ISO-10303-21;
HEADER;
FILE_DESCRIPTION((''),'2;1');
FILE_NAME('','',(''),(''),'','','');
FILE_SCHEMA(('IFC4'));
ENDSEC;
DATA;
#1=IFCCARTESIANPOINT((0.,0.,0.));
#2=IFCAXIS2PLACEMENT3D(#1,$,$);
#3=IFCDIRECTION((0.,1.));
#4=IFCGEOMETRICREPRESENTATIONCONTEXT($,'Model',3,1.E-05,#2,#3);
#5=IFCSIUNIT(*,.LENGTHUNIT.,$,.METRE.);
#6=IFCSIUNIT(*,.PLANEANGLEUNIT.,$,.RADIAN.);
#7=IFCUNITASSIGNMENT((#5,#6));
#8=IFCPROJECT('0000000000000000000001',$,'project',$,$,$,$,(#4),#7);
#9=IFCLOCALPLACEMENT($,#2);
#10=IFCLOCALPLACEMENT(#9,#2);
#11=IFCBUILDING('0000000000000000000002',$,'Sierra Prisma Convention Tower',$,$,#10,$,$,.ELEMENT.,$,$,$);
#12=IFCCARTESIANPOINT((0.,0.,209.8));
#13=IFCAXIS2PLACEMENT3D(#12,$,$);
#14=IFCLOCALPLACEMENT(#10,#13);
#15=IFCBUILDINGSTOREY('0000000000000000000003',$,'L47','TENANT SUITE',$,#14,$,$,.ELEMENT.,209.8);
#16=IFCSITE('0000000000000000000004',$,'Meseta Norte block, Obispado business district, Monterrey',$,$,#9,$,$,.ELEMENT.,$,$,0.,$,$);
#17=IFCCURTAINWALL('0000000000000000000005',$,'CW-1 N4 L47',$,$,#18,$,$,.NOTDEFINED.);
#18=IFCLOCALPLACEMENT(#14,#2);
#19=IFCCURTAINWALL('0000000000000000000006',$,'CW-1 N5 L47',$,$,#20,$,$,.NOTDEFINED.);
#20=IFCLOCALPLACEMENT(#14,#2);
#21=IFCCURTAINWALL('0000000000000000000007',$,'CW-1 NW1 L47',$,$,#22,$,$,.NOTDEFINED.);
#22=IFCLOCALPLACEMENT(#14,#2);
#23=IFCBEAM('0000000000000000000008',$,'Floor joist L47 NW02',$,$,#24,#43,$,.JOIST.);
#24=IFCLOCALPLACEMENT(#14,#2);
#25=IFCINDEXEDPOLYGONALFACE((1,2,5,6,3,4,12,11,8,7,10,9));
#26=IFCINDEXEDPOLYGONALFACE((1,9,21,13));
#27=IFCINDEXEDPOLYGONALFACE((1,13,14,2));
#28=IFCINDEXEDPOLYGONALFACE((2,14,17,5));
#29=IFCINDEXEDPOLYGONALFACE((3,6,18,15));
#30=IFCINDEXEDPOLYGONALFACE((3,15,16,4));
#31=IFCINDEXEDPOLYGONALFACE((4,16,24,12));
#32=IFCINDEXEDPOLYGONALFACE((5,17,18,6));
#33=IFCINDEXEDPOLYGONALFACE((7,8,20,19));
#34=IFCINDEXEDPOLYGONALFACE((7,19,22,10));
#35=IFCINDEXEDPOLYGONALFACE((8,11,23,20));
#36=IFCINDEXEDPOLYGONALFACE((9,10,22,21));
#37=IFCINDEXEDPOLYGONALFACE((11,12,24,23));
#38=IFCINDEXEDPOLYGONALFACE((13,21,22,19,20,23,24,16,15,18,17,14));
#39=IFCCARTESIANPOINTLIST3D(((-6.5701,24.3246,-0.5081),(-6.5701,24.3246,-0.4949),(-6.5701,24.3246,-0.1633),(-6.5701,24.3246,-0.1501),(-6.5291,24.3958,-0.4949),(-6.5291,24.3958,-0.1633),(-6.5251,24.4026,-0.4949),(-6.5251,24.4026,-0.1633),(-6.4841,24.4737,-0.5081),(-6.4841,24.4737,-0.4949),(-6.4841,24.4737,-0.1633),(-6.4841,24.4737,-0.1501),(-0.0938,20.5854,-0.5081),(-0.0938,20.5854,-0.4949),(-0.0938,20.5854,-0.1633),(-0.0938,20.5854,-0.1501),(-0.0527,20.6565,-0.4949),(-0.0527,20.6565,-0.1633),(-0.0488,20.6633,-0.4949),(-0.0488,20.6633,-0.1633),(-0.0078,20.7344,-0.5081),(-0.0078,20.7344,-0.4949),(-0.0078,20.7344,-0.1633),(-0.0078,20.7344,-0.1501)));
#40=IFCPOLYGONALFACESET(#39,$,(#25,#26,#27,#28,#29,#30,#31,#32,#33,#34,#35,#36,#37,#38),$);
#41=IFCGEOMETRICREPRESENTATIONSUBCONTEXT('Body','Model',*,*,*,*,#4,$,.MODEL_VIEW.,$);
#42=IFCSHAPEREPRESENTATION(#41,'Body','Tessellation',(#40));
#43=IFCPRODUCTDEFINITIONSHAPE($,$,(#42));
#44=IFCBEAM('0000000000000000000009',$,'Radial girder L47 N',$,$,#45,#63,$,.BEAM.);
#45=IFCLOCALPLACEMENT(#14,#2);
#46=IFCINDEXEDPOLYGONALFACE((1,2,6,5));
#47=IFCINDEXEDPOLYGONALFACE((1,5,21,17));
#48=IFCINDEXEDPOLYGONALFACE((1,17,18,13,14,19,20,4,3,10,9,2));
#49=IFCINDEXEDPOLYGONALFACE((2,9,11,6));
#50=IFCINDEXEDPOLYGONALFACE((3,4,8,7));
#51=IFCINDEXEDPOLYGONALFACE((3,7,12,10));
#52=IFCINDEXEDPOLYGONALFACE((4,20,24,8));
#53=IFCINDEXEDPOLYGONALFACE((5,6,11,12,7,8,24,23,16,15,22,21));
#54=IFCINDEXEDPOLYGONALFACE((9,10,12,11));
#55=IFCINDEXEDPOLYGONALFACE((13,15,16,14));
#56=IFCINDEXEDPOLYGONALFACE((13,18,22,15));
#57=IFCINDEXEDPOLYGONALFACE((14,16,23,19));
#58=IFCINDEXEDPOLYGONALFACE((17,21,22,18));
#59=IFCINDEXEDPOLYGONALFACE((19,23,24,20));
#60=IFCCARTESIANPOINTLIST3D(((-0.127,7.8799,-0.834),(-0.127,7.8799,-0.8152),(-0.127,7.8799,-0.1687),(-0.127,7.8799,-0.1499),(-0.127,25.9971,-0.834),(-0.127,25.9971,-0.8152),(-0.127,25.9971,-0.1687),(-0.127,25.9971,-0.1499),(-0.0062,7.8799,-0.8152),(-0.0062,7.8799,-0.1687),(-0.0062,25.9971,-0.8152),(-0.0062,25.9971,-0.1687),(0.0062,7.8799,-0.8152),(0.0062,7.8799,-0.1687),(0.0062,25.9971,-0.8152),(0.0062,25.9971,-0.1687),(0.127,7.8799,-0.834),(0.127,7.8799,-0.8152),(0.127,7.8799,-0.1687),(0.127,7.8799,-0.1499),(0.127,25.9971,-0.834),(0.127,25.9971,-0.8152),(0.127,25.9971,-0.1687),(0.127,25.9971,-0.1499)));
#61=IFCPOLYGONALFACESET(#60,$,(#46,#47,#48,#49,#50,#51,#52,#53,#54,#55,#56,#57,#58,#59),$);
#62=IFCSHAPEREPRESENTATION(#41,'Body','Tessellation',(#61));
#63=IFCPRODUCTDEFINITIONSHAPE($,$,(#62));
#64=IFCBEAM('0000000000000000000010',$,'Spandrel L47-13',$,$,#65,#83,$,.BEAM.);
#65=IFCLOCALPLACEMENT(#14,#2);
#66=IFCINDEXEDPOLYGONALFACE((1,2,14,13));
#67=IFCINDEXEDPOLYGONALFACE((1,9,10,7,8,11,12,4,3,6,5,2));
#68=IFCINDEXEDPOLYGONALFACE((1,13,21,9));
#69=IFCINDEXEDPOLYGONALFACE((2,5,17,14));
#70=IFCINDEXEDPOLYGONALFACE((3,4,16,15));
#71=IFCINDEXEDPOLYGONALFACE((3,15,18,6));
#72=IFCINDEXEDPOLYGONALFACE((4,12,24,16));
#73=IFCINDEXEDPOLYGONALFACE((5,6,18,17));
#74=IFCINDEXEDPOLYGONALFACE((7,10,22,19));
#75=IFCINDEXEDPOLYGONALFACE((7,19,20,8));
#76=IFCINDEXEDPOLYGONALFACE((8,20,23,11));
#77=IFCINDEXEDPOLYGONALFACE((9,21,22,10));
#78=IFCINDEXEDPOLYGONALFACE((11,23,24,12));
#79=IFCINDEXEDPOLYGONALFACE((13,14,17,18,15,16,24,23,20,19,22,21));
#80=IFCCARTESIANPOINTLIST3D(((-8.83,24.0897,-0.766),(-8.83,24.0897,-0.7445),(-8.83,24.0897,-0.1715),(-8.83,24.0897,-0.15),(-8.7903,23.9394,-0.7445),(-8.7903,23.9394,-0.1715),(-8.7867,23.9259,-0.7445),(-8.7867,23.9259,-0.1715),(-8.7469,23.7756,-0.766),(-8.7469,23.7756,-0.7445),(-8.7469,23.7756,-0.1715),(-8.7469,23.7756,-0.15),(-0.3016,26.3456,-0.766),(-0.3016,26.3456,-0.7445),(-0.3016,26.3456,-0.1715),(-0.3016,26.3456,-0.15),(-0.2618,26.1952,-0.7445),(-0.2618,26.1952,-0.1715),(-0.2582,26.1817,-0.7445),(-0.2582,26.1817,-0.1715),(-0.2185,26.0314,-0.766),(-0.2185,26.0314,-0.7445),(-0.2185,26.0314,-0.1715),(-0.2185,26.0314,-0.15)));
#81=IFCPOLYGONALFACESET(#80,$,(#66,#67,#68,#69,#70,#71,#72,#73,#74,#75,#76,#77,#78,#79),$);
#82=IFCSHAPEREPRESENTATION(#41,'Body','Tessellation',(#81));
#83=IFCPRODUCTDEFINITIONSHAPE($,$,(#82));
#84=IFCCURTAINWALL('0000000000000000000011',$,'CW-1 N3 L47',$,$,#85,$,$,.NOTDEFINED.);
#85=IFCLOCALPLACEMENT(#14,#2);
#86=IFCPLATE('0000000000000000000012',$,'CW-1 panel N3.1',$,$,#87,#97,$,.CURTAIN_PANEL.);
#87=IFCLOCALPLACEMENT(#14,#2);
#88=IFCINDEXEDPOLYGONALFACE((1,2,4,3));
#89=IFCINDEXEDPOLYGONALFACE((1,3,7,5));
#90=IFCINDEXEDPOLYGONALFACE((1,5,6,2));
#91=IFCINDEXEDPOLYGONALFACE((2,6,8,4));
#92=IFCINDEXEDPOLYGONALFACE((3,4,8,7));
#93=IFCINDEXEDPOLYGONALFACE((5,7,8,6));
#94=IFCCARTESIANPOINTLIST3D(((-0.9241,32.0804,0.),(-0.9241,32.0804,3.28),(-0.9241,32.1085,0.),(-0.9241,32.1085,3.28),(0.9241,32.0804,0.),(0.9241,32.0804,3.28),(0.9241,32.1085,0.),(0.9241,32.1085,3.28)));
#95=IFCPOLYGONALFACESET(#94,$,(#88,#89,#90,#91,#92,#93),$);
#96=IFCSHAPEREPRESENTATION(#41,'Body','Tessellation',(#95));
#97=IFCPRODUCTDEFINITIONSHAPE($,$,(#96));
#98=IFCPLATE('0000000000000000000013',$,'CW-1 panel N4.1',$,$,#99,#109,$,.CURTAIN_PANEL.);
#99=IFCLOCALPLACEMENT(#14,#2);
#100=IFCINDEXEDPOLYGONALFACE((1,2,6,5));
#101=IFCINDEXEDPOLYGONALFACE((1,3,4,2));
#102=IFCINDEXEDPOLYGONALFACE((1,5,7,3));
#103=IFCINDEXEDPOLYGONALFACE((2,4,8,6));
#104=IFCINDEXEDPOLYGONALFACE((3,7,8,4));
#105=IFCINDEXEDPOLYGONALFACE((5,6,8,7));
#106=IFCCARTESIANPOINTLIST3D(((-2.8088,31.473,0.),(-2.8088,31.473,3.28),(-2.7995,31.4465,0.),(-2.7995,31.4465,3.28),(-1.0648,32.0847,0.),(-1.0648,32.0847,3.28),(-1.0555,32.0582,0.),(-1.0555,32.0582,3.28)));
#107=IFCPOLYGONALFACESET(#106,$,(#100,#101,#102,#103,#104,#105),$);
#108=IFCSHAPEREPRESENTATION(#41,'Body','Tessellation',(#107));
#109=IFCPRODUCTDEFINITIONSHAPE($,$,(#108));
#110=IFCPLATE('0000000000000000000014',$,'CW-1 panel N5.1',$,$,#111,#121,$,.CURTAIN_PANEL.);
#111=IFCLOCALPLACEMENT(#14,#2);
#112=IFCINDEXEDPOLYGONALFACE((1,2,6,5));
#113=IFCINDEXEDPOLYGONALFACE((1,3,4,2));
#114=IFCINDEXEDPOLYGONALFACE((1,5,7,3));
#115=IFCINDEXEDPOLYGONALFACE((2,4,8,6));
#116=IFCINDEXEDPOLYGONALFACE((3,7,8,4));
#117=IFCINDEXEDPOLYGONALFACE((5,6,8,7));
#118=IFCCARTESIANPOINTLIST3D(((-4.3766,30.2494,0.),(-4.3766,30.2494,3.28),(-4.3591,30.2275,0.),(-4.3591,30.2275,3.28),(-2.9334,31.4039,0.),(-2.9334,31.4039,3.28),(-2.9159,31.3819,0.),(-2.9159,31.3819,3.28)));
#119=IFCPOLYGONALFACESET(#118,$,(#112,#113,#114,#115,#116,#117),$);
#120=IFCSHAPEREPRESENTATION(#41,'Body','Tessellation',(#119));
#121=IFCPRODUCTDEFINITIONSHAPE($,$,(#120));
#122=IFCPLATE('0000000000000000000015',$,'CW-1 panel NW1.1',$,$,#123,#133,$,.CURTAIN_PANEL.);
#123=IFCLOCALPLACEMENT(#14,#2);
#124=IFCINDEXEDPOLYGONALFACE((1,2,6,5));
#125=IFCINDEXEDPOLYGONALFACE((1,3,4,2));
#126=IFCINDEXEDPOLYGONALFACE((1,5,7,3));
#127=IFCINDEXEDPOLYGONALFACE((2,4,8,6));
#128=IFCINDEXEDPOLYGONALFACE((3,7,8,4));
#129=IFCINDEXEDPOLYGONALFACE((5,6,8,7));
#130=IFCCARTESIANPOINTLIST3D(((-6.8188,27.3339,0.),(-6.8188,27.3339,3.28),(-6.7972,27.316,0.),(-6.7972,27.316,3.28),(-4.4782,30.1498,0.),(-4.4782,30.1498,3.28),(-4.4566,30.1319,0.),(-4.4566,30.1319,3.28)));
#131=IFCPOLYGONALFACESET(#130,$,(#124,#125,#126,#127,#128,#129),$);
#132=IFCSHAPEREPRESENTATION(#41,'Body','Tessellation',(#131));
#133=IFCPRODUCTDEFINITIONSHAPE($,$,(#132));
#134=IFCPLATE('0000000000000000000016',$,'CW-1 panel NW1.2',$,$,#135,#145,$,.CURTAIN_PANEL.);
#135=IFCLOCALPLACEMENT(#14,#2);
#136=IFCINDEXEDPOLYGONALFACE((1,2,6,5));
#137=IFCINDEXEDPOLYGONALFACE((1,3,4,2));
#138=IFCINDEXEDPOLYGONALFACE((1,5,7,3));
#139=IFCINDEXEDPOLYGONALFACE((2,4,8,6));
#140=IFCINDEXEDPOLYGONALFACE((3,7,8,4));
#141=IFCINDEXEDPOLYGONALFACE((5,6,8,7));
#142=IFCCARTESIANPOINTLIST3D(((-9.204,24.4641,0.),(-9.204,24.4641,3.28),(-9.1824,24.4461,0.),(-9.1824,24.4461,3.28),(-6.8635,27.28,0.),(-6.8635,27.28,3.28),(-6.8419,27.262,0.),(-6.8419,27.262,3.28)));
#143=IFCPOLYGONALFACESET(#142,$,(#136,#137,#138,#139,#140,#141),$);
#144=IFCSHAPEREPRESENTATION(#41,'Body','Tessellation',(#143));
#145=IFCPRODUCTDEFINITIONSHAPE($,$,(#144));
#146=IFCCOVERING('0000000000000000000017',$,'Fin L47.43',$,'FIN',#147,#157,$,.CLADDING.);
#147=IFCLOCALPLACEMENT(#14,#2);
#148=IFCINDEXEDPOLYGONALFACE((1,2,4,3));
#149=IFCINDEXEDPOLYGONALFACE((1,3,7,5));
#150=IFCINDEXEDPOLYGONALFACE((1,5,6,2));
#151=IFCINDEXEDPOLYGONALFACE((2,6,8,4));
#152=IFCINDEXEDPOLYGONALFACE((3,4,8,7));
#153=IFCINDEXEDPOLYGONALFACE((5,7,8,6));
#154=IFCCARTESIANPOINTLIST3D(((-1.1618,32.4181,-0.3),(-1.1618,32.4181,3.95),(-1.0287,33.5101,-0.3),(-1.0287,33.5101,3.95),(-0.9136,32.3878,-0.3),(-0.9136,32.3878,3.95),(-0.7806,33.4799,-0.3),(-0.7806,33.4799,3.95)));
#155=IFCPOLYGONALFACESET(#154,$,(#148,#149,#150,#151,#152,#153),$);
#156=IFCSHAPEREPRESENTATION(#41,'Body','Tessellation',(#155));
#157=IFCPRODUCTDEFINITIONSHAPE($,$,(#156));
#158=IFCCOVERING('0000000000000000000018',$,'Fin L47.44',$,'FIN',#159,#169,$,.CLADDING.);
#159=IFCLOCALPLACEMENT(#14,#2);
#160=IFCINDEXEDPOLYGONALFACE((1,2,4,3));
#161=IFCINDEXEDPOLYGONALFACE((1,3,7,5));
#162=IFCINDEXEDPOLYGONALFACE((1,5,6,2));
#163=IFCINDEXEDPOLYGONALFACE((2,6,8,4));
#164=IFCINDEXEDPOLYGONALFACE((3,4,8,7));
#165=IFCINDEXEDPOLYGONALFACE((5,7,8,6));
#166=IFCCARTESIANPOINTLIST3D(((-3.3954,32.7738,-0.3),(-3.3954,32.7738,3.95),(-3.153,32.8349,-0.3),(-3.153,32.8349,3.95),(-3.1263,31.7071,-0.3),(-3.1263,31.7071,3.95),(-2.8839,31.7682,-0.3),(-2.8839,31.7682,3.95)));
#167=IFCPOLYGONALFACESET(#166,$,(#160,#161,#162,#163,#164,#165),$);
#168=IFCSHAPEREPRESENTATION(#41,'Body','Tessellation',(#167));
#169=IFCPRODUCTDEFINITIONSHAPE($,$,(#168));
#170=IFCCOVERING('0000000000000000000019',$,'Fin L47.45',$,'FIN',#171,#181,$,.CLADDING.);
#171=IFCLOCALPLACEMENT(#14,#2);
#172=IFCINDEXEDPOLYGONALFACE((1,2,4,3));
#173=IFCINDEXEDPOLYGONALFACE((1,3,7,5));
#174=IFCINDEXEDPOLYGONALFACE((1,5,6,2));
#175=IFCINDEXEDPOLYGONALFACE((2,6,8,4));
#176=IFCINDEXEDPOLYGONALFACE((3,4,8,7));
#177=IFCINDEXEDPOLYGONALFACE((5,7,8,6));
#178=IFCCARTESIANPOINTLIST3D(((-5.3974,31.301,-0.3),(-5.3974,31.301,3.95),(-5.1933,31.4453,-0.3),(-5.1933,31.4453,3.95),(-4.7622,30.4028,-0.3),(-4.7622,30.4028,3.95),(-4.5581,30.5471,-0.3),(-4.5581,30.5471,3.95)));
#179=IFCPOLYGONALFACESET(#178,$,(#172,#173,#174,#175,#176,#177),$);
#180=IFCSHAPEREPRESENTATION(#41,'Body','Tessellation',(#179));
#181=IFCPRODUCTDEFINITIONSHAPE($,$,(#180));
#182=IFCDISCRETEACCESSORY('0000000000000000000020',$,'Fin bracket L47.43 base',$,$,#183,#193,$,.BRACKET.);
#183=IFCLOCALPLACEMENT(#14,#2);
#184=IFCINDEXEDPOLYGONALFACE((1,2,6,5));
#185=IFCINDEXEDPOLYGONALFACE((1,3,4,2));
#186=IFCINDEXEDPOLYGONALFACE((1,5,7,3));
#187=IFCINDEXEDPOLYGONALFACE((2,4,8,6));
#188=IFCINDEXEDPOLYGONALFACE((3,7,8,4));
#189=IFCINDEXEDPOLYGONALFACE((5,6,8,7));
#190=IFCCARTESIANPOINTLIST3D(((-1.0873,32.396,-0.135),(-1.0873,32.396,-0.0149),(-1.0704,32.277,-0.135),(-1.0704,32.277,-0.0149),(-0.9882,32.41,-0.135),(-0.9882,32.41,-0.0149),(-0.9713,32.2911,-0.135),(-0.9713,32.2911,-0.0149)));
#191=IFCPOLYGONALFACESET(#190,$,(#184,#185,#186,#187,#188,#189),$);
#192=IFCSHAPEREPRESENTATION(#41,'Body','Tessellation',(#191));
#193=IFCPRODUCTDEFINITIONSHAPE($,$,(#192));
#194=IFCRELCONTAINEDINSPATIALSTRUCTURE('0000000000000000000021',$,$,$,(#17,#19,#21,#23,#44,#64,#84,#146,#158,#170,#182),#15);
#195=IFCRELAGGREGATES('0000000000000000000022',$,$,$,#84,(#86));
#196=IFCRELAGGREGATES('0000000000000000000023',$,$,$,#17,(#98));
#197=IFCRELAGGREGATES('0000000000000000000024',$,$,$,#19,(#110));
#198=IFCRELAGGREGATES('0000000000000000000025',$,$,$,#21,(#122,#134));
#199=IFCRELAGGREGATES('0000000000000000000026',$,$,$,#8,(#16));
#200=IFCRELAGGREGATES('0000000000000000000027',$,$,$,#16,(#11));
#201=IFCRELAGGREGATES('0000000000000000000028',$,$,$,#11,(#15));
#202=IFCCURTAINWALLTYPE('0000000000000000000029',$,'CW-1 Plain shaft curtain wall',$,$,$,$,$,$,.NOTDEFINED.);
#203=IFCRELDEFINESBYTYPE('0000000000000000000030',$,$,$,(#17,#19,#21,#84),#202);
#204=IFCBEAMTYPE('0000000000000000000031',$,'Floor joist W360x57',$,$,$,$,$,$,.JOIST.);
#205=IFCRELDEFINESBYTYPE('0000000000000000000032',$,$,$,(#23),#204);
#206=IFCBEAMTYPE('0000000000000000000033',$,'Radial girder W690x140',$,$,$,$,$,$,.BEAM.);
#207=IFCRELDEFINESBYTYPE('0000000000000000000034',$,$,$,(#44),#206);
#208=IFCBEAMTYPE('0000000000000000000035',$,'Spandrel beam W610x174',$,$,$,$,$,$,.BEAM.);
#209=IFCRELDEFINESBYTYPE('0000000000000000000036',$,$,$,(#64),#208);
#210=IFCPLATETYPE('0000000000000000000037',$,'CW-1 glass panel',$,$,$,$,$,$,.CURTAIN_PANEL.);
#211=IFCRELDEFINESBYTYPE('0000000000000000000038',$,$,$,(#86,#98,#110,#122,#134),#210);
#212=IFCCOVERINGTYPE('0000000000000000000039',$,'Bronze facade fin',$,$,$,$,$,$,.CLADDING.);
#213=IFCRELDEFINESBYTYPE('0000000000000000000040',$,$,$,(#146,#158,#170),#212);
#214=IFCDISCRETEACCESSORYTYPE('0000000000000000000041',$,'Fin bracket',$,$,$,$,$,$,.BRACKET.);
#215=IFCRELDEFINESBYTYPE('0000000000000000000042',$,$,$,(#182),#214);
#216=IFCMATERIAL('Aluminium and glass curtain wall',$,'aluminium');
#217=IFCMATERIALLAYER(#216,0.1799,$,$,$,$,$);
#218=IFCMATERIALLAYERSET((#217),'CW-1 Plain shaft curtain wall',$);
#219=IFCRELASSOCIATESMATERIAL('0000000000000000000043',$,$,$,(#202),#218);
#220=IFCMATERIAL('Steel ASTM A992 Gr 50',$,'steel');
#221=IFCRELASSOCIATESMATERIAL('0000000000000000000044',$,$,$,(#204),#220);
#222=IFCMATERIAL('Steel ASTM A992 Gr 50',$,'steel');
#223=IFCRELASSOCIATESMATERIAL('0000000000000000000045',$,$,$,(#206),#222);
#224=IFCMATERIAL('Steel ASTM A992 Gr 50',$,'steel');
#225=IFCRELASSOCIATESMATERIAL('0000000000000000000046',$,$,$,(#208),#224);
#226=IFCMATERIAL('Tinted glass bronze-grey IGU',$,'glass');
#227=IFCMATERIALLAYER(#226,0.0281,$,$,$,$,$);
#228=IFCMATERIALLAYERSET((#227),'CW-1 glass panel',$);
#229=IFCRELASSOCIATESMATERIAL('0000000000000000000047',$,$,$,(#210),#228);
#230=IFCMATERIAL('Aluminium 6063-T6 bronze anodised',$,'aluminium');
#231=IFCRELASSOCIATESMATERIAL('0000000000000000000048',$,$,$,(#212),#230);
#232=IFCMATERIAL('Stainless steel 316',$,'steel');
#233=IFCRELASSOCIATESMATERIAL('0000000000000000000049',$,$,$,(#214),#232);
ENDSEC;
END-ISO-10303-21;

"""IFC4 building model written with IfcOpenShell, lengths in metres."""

from ifc_helpers import new_model, si_unit, direction, frame, origin, origin_2d, place, context, subcontext, project, spatial, rectangle, i_section, extrude, material, layer, layer_set, material_profile, profile_set, type_object, element, aggregate, save


model = new_model("IFC4")

# Units and contexts
model_context = context("Model", 3, precision=1e-05, world=origin(), true_north=direction((0.0, 1.0)))
body_context = subcontext(model_context, "Body", "Model", "MODEL_VIEW")
ifc_project = project(units=[si_unit("LENGTHUNIT", "METRE"), si_unit("PLANEANGLEUNIT", "RADIAN")], contexts=[model_context])

# Site, building, storey
site_placement = place(None, origin())
site = spatial("IfcSite", under=ifc_project, at=site_placement, Name="Meseta Norte block, Obispado business district, Monterrey", CompositionType="ELEMENT", RefElevation=0.0)
building_placement = place(site_placement, origin())
building = spatial("IfcBuilding", under=site, at=building_placement, Name="Sierra Prisma Convention Tower", CompositionType="ELEMENT")
storey_placement = place(building_placement, frame((0.0, 0.0, 209.8)))
storey = spatial("IfcBuildingStorey", under=building, at=storey_placement, Name="L47", Description="TENANT SUITE", CompositionType="ELEMENT", Elevation=209.8)

# Curtain walls
ifc_material_1 = material(Name="Aluminium and glass curtain wall", Category="aluminium")
ifc_layer_1 = layer(ifc_material_1, 0.1799)
ifc_layer_set_1 = layer_set([ifc_layer_1], Name="CW-1 Plain shaft curtain wall")
curtain_wall_type = type_object("IfcCurtainWallType", Name="CW-1 Plain shaft curtain wall", PredefinedType="NOTDEFINED", material=ifc_layer_set_1)
curtain_wall_1_placement = place(storey_placement, origin())
curtain_wall_1 = element("IfcCurtainWall", 1, at=curtain_wall_1_placement, inside=storey, type_object=curtain_wall_type, Name="CW-1 N4 L47", PredefinedType="NOTDEFINED")
curtain_wall_2_placement = place(storey_placement, origin())
curtain_wall_2 = element("IfcCurtainWall", 2, at=curtain_wall_2_placement, inside=storey, type_object=curtain_wall_type, Name="CW-1 N5 L47", PredefinedType="NOTDEFINED")

# Curtain wall
curtain_wall_3_placement = place(storey_placement, origin())
curtain_wall_3 = element("IfcCurtainWall", 3, at=curtain_wall_3_placement, inside=storey, type_object=curtain_wall_type, Name="CW-1 NW1 L47", PredefinedType="NOTDEFINED")

# Beams
ifc_material_2 = material(Name="Steel ASTM A992 Gr 50", Category="steel")
ifc_material_profile_1 = material_profile(ifc_material_2, i_section(OverallWidth=0.1721, OverallDepth=0.3579, WebThickness=0.0078, FlangeThickness=0.0132, at=origin_2d()), Name="W360x57")
ifc_profile_set_1 = profile_set([ifc_material_profile_1], Name="Steel ASTM A992 Gr 50")
beam_type_1 = type_object("IfcBeamType", Name="Floor joist W360x57", PredefinedType="JOIST", material=ifc_profile_set_1)
beam_1_placement = place(storey_placement, frame((-6.5271, 24.3992, -0.3291), z_axis=(0.866017, -0.500015, 0.0), x_axis=(0.500015, 0.866017, 0.0)))
element("IfcBeam", 4, at=beam_1_placement, inside=storey, type_object=beam_type_1, Name="Floor joist L47 NW02", PredefinedType="JOIST", context=body_context, shape_type="SweptSolid", body=[
    extrude(i_section(OverallWidth=0.1721, OverallDepth=0.3579, WebThickness=0.0078, FlangeThickness=0.0132, at=origin_2d()), origin(), (0.0, 0.0, 1.0), 7.4783),
])
ifc_material_3 = material(Name="Steel ASTM A992 Gr 50", Category="steel")
ifc_material_profile_2 = material_profile(ifc_material_3, i_section(OverallWidth=0.2539, OverallDepth=0.6841, WebThickness=0.0125, FlangeThickness=0.0188, at=origin_2d()), Name="W690x140")
ifc_profile_set_2 = profile_set([ifc_material_profile_2], Name="Steel ASTM A992 Gr 50")
beam_type_2 = type_object("IfcBeamType", Name="Radial girder W690x140", PredefinedType="BEAM", material=ifc_profile_set_2)
beam_2_placement = place(storey_placement, frame((0.0, 25.9971, -0.4919), z_axis=(0.0, -1.0, 0.0), x_axis=(1.0, 0.0, 0.0)))
element("IfcBeam", 5, at=beam_2_placement, inside=storey, type_object=beam_type_2, Name="Radial girder L47 N", PredefinedType="BEAM", context=body_context, shape_type="SweptSolid", body=[
    extrude(i_section(OverallWidth=0.2539, OverallDepth=0.6841, WebThickness=0.0125, FlangeThickness=0.0188, at=origin_2d()), origin(), (0.0, 0.0, 1.0), 18.1172),
])
ifc_material_4 = material(Name="Steel ASTM A992 Gr 50", Category="steel")
ifc_material_profile_3 = material_profile(ifc_material_4, i_section(OverallWidth=0.325, OverallDepth=0.616, WebThickness=0.0139, FlangeThickness=0.0215, at=origin_2d()), Name="W610x174")
ifc_profile_set_3 = profile_set([ifc_material_profile_3], Name="Steel ASTM A992 Gr 50")
beam_type_3 = type_object("IfcBeamType", Name="Spandrel beam W610x174", PredefinedType="BEAM", material=ifc_profile_set_3)
beam_3_placement = place(storey_placement, frame((-0.26, 26.1885, -0.458), z_axis=(-0.966753, -0.255712, 0.0), x_axis=(0.255712, -0.966753, 0.0)))
element("IfcBeam", 6, at=beam_3_placement, inside=storey, type_object=beam_type_3, Name="Spandrel L47-13", PredefinedType="BEAM", context=body_context, shape_type="SweptSolid", body=[
    extrude(i_section(OverallWidth=0.325, OverallDepth=0.616, WebThickness=0.0139, FlangeThickness=0.0215, at=origin_2d()), origin(), (0.0, 0.0, 1.0), 8.8218),
])

# Curtain wall, plate
curtain_wall_4_placement = place(storey_placement, origin())
curtain_wall_4 = element("IfcCurtainWall", 7, at=curtain_wall_4_placement, inside=storey, type_object=curtain_wall_type, Name="CW-1 N3 L47", PredefinedType="NOTDEFINED")
ifc_material_5 = material(Name="Tinted glass bronze-grey IGU", Category="glass")
ifc_layer_2 = layer(ifc_material_5, 0.0281)
ifc_layer_set_2 = layer_set([ifc_layer_2], Name="CW-1 glass panel")
plate_type = type_object("IfcPlateType", Name="CW-1 glass panel", PredefinedType="CURTAIN_PANEL", material=ifc_layer_set_2)
plate_1_placement = place(storey_placement, frame((0.0, 32.0945, 0.0), z_axis=(0.0, 0.0, 1.0), x_axis=(-1.0, 0.0, 0.0)))
plate_1 = element("IfcPlate", 8, at=plate_1_placement, type_object=plate_type, Name="CW-1 panel N3.1", PredefinedType="CURTAIN_PANEL", context=body_context, shape_type="SweptSolid", body=[
    extrude(rectangle(XDim=1.8481, YDim=0.0281, at=origin_2d()), origin(), (0.0, 0.0, 1.0), 3.28),
])
aggregate(curtain_wall_4, [plate_1])

# Plates
plate_2_placement = place(storey_placement, frame((-1.9321, 31.7656, 0.0), z_axis=(0.0, 0.0, 1.0), x_axis=(-0.943638, -0.330979, 0.0)))
plate_2 = element("IfcPlate", 9, at=plate_2_placement, type_object=plate_type, Name="CW-1 panel N4.1", PredefinedType="CURTAIN_PANEL", context=body_context, shape_type="SweptSolid", body=[
    extrude(rectangle(XDim=1.8481, YDim=0.0281, at=origin_2d()), origin(), (0.0, 0.0, 1.0), 3.28),
])
aggregate(curtain_wall_1, [plate_2])
plate_3_placement = place(storey_placement, frame((-3.6462, 30.8157, 0.0), z_axis=(0.0, 0.0, 1.0), x_axis=(-0.780906, -0.624649, 0.0)))
plate_3 = element("IfcPlate", 10, at=plate_3_placement, type_object=plate_type, Name="CW-1 panel N5.1", PredefinedType="CURTAIN_PANEL", context=body_context, shape_type="SweptSolid", body=[
    extrude(rectangle(XDim=1.8481, YDim=0.0281, at=origin_2d()), origin(), (0.0, 0.0, 1.0), 3.28),
])
aggregate(curtain_wall_2, [plate_3])
plate_4_placement = place(storey_placement, frame((-5.6377, 28.7329, 0.0), z_axis=(0.0, 0.0, 1.0), x_axis=(-0.63921, -0.769033, 0.0)))
plate_4 = element("IfcPlate", 11, at=plate_4_placement, type_object=plate_type, Name="CW-1 panel NW1.1", PredefinedType="CURTAIN_PANEL", context=body_context, shape_type="SweptSolid", body=[
    extrude(rectangle(XDim=3.6616, YDim=0.0281, at=origin_2d()), origin(), (0.0, 0.0, 1.0), 3.28),
])
plate_5_placement = place(storey_placement, frame((-8.0229, 25.863, 0.0), z_axis=(0.0, 0.0, 1.0), x_axis=(-0.63921, -0.769033, 0.0)))
plate_5 = element("IfcPlate", 12, at=plate_5_placement, type_object=plate_type, Name="CW-1 panel NW1.2", PredefinedType="CURTAIN_PANEL", context=body_context, shape_type="SweptSolid", body=[
    extrude(rectangle(XDim=3.6616, YDim=0.0281, at=origin_2d()), origin(), (0.0, 0.0, 1.0), 3.28),
])
aggregate(curtain_wall_3, [plate_4, plate_5])

# Coverings
ifc_material_6 = material(Name="Aluminium 6063-T6 bronze anodised", Category="aluminium")
ifc_material_profile_4 = material_profile(ifc_material_6, rectangle(XDim=1.1001, YDim=0.25, at=origin_2d()), Name="ALU FIN 1100x250")
ifc_profile_set_4 = profile_set([ifc_material_profile_4], Name="Aluminium 6063-T6 bronze anodised")
covering_type = type_object("IfcCoveringType", Name="Bronze facade fin", PredefinedType="CLADDING", material=ifc_profile_set_4)
for number, where, z_axis, x_axis, name in (
    (13, (-0.9712, 32.949, -0.3), (0.0, 0.0, 1.0), (0.120944, 0.992659, 0.0), "Fin L47.43"),
    (14, (-3.1396, 32.271, -0.3), (0.0, 0.0, 1.0), (-0.244635, 0.969615, 0.0), "Fin L47.44"),
    (15, (-4.9778, 30.9241, -0.3), (0.0, 0.0, 1.0), (-0.577389, 0.816469, 0.0), "Fin L47.45"),
):
    element("IfcCovering", number, at=place(storey_placement, frame(where, z_axis=z_axis, x_axis=x_axis)), inside=storey, type_object=covering_type, Name=name, ObjectType="FIN", PredefinedType="CLADDING", context=body_context, shape_type="SweptSolid", body=[
        extrude(rectangle(XDim=1.1001, YDim=0.25, at=origin_2d()), origin(), (0.0, 0.0, 1.0), 4.25),
    ])

# Discrete accessory
ifc_material_7 = material(Name="Stainless steel 316", Category="steel")
discrete_accessory_type = type_object("IfcDiscreteAccessoryType", Name="Fin bracket", PredefinedType="BRACKET", material=ifc_material_7)
for number, where, z_axis, x_axis, name in (
    (16, (-1.0293, 32.3435, -0.135), (0.0, 0.0, 1.0), (-0.140096, 0.990138, 0.0), "Fin bracket L47.43 base"),
):
    element("IfcDiscreteAccessory", number, at=place(storey_placement, frame(where, z_axis=z_axis, x_axis=x_axis)), inside=storey, type_object=discrete_accessory_type, Name=name, PredefinedType="BRACKET", context=body_context, shape_type="SweptSolid", body=[
        extrude(rectangle(XDim=0.1201, YDim=0.1001, at=origin_2d()), origin(), (0.0, 0.0, 1.0), 0.1201),
    ])

save(model, "model.ifc")
